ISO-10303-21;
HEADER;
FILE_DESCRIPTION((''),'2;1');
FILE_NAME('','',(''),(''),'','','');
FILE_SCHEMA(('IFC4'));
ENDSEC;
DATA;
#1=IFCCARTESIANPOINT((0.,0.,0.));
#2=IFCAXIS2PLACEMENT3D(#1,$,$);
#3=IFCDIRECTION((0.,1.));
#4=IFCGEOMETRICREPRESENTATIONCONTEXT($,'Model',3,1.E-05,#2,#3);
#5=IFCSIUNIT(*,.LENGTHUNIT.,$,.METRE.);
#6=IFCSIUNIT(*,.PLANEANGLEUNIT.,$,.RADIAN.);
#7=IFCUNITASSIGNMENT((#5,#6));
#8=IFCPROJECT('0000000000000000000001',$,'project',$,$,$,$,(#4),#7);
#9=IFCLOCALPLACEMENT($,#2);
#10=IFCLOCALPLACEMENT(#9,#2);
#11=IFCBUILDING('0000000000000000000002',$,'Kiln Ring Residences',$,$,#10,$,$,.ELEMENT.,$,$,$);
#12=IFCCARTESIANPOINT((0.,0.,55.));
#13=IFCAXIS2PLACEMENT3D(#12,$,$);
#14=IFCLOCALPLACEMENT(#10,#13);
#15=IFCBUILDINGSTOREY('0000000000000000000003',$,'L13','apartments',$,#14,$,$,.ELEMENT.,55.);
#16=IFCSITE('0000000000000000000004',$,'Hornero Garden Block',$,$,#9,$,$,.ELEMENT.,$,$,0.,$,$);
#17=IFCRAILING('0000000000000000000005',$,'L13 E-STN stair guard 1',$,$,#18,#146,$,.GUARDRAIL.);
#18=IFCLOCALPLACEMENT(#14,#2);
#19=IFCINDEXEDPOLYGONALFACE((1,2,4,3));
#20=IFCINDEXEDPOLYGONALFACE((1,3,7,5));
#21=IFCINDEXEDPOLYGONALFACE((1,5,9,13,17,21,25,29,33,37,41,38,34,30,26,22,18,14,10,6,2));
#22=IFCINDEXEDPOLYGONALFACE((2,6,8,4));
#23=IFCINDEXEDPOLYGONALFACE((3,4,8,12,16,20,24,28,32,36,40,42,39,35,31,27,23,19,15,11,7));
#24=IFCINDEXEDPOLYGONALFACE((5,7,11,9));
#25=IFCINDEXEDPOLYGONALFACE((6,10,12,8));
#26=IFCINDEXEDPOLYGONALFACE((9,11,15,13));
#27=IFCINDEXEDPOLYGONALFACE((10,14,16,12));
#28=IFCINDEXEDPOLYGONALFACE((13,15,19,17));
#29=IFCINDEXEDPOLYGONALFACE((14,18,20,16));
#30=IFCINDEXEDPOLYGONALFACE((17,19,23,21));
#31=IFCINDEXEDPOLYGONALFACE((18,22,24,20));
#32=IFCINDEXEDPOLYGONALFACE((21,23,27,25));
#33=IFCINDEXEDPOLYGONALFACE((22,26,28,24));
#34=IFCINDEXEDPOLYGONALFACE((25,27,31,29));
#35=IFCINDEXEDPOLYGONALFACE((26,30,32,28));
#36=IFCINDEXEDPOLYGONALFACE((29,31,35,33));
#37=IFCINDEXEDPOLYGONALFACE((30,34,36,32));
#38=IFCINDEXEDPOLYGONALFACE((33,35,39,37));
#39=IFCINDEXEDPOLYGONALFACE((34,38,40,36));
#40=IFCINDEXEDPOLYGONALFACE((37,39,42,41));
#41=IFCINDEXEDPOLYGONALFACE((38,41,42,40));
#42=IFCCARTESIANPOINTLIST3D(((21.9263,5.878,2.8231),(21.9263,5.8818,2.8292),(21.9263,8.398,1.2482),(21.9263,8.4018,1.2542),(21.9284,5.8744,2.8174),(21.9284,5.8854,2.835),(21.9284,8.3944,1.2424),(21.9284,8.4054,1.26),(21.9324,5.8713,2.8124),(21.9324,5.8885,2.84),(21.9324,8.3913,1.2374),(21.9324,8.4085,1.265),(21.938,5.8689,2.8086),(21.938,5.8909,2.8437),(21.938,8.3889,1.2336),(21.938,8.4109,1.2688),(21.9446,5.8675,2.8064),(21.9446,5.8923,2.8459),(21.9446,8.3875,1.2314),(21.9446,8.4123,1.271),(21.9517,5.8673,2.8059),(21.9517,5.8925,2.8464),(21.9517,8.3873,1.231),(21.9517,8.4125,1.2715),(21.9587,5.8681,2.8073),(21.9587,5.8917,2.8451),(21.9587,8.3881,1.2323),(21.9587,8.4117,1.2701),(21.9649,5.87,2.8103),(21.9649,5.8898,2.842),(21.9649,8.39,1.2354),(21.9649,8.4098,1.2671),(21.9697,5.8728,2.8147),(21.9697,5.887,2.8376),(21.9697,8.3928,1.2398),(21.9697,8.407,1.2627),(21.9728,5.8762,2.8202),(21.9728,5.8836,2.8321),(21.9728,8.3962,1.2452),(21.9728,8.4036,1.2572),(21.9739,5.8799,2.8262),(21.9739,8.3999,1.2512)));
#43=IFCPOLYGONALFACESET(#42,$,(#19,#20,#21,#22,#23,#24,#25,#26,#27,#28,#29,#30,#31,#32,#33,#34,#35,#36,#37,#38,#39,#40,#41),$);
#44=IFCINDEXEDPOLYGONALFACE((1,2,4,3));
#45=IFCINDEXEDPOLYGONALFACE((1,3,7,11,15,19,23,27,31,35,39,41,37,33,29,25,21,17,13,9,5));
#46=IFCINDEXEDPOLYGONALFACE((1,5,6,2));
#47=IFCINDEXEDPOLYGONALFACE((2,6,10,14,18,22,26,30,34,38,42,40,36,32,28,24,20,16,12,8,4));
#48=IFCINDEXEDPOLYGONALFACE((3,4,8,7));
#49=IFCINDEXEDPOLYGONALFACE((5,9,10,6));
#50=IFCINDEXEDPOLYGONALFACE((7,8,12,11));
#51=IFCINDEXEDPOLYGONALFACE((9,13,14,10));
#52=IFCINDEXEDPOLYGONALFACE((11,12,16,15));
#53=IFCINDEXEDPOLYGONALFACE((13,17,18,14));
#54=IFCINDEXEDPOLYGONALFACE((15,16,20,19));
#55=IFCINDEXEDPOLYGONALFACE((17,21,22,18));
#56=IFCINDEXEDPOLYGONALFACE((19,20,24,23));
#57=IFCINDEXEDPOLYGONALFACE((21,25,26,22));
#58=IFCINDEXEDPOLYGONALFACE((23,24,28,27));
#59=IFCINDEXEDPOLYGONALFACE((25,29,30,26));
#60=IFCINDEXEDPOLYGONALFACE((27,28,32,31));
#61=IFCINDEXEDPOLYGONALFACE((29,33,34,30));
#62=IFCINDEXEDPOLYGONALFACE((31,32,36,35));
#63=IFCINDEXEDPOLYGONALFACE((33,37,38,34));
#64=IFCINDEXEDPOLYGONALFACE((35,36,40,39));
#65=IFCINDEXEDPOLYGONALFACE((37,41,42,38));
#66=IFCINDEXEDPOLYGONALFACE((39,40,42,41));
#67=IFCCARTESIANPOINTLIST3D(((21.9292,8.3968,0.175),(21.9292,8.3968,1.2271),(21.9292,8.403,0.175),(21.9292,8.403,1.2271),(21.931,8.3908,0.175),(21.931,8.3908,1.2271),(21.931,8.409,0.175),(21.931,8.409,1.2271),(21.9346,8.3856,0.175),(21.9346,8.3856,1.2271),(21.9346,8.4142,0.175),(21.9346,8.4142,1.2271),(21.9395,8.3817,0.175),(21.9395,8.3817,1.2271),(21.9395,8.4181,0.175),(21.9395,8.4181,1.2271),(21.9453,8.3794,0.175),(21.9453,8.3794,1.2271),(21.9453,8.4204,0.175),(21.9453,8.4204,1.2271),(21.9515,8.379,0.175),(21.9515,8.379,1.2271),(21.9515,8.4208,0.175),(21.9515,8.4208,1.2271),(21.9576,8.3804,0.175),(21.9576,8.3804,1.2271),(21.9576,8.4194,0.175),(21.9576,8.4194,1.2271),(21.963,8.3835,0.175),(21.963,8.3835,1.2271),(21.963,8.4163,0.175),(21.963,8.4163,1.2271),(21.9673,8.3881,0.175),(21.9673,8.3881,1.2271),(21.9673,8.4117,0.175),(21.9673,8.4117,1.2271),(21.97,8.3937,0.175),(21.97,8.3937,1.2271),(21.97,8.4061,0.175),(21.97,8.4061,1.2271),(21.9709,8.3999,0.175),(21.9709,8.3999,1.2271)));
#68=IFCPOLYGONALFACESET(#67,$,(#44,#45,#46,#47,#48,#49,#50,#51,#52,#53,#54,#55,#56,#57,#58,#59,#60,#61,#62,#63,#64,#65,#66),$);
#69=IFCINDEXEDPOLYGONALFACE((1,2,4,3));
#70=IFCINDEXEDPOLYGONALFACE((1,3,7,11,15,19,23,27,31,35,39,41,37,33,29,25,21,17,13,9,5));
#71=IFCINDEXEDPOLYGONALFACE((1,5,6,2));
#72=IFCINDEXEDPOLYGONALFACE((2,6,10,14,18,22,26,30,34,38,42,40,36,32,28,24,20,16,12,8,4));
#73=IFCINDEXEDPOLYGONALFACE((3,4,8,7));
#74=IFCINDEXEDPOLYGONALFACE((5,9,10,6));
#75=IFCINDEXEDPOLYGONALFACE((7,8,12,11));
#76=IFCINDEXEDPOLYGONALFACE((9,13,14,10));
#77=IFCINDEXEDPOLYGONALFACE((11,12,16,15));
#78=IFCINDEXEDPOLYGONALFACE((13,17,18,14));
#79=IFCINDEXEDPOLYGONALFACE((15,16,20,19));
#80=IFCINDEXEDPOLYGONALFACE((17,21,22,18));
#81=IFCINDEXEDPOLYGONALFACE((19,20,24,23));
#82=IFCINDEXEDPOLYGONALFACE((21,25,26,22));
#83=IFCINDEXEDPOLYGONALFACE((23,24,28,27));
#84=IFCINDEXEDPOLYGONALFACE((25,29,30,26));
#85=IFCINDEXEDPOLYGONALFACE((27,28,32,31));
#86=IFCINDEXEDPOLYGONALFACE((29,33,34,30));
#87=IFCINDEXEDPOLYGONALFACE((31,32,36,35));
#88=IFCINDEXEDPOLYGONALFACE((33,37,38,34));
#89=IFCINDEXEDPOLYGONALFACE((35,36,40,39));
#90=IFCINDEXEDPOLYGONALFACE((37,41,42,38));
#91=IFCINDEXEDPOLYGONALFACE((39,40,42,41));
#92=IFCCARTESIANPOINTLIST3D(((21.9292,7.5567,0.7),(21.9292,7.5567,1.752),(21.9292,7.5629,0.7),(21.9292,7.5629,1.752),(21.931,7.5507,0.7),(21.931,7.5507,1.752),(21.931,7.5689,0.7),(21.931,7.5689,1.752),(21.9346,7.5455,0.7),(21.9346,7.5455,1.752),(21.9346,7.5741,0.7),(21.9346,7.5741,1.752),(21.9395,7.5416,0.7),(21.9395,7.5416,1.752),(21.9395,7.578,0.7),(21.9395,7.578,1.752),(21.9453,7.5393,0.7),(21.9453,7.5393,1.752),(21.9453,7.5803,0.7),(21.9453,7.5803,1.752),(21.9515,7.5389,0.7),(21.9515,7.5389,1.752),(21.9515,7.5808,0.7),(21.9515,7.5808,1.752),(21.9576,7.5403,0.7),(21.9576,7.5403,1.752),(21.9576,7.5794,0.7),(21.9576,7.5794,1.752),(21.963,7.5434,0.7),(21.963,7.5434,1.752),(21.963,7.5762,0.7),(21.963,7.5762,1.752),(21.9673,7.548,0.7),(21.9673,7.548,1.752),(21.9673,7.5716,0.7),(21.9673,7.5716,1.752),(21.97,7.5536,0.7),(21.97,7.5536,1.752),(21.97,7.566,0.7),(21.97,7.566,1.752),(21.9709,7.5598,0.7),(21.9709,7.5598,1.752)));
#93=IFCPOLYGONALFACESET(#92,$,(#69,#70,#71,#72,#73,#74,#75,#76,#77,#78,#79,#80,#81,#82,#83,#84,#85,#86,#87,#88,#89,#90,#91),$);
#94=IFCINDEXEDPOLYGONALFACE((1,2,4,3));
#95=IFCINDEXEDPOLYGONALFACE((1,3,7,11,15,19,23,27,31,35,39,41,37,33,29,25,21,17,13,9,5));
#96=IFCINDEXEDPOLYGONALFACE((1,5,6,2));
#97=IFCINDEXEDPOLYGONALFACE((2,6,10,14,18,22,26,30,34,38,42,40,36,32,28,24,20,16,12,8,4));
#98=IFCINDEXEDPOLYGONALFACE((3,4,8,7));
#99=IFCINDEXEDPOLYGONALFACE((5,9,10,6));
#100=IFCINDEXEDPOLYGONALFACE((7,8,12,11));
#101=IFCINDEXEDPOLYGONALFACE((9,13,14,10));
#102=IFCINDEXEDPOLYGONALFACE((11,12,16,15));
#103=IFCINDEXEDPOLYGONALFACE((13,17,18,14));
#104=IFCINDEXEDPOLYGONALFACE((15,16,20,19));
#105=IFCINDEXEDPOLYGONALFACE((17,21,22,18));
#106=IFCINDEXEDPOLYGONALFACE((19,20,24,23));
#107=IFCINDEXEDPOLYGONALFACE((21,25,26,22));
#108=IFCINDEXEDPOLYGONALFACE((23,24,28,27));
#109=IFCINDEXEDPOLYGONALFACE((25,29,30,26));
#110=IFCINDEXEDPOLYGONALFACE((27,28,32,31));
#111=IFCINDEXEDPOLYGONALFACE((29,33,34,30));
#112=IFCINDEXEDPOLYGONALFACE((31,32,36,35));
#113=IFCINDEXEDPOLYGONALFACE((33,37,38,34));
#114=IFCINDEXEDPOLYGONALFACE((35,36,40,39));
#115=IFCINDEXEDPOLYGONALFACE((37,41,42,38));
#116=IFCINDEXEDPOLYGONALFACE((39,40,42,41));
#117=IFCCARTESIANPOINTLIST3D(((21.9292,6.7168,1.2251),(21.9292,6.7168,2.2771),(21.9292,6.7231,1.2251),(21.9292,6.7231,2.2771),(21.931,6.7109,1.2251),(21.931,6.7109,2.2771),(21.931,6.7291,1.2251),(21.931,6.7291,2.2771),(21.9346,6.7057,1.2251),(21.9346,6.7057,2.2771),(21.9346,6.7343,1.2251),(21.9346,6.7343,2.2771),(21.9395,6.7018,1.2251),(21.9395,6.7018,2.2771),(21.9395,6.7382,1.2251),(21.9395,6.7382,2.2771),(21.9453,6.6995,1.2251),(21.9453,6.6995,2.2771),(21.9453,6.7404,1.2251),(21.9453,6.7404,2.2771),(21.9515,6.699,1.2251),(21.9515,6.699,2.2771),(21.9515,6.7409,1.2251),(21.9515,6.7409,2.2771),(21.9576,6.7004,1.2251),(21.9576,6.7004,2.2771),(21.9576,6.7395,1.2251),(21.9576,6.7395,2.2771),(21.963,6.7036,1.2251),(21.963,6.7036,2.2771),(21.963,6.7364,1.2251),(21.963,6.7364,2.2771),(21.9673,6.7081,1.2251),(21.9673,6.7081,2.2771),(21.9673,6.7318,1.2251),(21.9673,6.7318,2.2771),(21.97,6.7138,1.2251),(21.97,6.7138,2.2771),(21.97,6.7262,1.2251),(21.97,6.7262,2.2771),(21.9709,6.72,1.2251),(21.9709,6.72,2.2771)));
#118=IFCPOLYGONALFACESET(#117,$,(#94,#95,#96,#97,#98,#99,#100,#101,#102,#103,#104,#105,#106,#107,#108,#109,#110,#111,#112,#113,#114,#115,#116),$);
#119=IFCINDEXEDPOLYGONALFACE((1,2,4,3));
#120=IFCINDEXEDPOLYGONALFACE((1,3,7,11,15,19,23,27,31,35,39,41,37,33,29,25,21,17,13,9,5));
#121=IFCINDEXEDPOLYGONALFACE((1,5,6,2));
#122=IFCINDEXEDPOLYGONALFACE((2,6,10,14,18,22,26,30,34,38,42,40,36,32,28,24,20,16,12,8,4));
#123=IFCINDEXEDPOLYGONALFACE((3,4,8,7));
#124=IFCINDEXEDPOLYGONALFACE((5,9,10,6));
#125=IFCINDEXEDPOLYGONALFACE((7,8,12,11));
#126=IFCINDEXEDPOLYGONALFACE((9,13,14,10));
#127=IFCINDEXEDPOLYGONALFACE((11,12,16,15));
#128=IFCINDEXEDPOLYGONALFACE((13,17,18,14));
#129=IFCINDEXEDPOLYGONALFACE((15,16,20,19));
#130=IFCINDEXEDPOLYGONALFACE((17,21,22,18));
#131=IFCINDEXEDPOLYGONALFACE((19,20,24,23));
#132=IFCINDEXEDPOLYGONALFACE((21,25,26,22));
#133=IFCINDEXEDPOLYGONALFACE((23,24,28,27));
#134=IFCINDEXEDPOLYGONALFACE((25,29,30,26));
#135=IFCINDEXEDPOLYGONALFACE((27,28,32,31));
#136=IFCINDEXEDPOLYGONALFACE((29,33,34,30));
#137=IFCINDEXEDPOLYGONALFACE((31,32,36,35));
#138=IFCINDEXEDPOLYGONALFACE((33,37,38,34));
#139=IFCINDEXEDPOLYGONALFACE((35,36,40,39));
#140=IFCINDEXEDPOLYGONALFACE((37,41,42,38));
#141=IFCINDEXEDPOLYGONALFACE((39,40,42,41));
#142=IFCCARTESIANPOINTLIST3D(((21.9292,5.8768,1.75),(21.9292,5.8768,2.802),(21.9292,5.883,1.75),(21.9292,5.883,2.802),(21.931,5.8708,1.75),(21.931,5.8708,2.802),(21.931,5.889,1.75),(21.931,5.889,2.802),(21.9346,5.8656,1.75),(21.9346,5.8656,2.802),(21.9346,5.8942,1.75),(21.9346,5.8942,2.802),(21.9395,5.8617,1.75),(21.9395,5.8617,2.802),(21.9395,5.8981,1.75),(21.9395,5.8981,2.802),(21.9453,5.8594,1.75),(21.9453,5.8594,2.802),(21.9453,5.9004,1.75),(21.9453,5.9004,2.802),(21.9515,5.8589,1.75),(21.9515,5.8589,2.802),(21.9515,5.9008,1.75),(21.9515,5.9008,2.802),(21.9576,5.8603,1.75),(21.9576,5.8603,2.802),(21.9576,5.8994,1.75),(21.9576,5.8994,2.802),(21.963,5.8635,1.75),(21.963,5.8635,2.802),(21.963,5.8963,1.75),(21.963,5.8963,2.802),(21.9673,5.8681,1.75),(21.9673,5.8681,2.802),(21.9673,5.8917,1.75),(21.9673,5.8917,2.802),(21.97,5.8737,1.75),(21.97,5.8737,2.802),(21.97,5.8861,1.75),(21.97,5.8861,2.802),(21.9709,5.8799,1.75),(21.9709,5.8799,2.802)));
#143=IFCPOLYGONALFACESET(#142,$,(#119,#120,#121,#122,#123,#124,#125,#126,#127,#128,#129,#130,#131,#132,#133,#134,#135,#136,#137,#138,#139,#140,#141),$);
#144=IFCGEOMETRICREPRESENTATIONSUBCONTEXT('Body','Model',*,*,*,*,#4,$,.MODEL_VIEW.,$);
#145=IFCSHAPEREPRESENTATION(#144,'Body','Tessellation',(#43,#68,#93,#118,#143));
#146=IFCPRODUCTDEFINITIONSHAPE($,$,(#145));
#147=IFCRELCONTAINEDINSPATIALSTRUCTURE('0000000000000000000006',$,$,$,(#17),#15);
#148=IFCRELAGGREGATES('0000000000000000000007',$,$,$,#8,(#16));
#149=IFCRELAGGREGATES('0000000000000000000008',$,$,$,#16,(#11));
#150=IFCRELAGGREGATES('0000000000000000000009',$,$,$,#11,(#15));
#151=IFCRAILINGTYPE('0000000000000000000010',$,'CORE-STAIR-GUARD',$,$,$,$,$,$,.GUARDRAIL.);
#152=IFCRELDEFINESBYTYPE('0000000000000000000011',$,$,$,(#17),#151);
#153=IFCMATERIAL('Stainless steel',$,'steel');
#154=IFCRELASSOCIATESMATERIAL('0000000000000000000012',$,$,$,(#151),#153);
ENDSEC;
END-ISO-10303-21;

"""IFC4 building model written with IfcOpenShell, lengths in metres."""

from ifc_helpers import new_model, si_unit, direction, frame, origin, origin_2d, place, context, subcontext, project, spatial, circle, extrude, material, type_object, element, save


model = new_model("IFC4")

# Units and contexts
model_context = context("Model", 3, precision=1e-05, world=origin(), true_north=direction((0.0, 1.0)))
body_context = subcontext(model_context, "Body", "Model", "MODEL_VIEW")
ifc_project = project(units=[si_unit("LENGTHUNIT", "METRE"), si_unit("PLANEANGLEUNIT", "RADIAN")], contexts=[model_context])

# Site, building, storey
site_placement = place(None, origin())
site = spatial("IfcSite", under=ifc_project, at=site_placement, Name="Hornero Garden Block", CompositionType="ELEMENT", RefElevation=0.0)
building_placement = place(site_placement, origin())
building = spatial("IfcBuilding", under=site, at=building_placement, Name="Kiln Ring Residences", CompositionType="ELEMENT")
storey_placement = place(building_placement, frame((0.0, 0.0, 55.0)))
storey = spatial("IfcBuildingStorey", under=building, at=storey_placement, Name="L13", Description="apartments", CompositionType="ELEMENT", Elevation=55.0)

# Railing
ifc_material_1 = material(Name="Stainless steel", Category="steel")
railing_type_1 = type_object("IfcRailingType", Name="CORE-STAIR-GUARD", PredefinedType="GUARDRAIL", material=ifc_material_1)
railing_1_placement = place(storey_placement, frame((21.95, 8.3999, 0.175)))
element("IfcRailing", 1, at=railing_1_placement, inside=storey, type_object=railing_type_1, Name="L13 E-STN stair guard 1", PredefinedType="GUARDRAIL", context=body_context, shape_type="SweptSolid", body=[
    extrude(circle(Radius=0.0239, at=origin_2d()), frame((0.0, 0.0, 1.0762), z_axis=(0.0, -0.848008, 0.529984), x_axis=(1.0, 0.0, 0.0)), (0.0, 0.0, 1.0), 2.9717),
    extrude(circle(Radius=0.021, at=origin_2d()), origin(), (0.0, 0.0, 1.0), 1.052),
    extrude(circle(Radius=0.021, at=origin_2d()), frame((0.0, -0.8401, 0.5249)), (0.0, 0.0, 1.0), 1.052),
    extrude(circle(Radius=0.021, at=origin_2d()), frame((0.0, -1.6799, 1.05)), (0.0, 0.0, 1.0), 1.052),
    extrude(circle(Radius=0.021, at=origin_2d()), frame((0.0, -2.52, 1.575)), (0.0, 0.0, 1.0), 1.052),
])

save(model, "model.ifc")
